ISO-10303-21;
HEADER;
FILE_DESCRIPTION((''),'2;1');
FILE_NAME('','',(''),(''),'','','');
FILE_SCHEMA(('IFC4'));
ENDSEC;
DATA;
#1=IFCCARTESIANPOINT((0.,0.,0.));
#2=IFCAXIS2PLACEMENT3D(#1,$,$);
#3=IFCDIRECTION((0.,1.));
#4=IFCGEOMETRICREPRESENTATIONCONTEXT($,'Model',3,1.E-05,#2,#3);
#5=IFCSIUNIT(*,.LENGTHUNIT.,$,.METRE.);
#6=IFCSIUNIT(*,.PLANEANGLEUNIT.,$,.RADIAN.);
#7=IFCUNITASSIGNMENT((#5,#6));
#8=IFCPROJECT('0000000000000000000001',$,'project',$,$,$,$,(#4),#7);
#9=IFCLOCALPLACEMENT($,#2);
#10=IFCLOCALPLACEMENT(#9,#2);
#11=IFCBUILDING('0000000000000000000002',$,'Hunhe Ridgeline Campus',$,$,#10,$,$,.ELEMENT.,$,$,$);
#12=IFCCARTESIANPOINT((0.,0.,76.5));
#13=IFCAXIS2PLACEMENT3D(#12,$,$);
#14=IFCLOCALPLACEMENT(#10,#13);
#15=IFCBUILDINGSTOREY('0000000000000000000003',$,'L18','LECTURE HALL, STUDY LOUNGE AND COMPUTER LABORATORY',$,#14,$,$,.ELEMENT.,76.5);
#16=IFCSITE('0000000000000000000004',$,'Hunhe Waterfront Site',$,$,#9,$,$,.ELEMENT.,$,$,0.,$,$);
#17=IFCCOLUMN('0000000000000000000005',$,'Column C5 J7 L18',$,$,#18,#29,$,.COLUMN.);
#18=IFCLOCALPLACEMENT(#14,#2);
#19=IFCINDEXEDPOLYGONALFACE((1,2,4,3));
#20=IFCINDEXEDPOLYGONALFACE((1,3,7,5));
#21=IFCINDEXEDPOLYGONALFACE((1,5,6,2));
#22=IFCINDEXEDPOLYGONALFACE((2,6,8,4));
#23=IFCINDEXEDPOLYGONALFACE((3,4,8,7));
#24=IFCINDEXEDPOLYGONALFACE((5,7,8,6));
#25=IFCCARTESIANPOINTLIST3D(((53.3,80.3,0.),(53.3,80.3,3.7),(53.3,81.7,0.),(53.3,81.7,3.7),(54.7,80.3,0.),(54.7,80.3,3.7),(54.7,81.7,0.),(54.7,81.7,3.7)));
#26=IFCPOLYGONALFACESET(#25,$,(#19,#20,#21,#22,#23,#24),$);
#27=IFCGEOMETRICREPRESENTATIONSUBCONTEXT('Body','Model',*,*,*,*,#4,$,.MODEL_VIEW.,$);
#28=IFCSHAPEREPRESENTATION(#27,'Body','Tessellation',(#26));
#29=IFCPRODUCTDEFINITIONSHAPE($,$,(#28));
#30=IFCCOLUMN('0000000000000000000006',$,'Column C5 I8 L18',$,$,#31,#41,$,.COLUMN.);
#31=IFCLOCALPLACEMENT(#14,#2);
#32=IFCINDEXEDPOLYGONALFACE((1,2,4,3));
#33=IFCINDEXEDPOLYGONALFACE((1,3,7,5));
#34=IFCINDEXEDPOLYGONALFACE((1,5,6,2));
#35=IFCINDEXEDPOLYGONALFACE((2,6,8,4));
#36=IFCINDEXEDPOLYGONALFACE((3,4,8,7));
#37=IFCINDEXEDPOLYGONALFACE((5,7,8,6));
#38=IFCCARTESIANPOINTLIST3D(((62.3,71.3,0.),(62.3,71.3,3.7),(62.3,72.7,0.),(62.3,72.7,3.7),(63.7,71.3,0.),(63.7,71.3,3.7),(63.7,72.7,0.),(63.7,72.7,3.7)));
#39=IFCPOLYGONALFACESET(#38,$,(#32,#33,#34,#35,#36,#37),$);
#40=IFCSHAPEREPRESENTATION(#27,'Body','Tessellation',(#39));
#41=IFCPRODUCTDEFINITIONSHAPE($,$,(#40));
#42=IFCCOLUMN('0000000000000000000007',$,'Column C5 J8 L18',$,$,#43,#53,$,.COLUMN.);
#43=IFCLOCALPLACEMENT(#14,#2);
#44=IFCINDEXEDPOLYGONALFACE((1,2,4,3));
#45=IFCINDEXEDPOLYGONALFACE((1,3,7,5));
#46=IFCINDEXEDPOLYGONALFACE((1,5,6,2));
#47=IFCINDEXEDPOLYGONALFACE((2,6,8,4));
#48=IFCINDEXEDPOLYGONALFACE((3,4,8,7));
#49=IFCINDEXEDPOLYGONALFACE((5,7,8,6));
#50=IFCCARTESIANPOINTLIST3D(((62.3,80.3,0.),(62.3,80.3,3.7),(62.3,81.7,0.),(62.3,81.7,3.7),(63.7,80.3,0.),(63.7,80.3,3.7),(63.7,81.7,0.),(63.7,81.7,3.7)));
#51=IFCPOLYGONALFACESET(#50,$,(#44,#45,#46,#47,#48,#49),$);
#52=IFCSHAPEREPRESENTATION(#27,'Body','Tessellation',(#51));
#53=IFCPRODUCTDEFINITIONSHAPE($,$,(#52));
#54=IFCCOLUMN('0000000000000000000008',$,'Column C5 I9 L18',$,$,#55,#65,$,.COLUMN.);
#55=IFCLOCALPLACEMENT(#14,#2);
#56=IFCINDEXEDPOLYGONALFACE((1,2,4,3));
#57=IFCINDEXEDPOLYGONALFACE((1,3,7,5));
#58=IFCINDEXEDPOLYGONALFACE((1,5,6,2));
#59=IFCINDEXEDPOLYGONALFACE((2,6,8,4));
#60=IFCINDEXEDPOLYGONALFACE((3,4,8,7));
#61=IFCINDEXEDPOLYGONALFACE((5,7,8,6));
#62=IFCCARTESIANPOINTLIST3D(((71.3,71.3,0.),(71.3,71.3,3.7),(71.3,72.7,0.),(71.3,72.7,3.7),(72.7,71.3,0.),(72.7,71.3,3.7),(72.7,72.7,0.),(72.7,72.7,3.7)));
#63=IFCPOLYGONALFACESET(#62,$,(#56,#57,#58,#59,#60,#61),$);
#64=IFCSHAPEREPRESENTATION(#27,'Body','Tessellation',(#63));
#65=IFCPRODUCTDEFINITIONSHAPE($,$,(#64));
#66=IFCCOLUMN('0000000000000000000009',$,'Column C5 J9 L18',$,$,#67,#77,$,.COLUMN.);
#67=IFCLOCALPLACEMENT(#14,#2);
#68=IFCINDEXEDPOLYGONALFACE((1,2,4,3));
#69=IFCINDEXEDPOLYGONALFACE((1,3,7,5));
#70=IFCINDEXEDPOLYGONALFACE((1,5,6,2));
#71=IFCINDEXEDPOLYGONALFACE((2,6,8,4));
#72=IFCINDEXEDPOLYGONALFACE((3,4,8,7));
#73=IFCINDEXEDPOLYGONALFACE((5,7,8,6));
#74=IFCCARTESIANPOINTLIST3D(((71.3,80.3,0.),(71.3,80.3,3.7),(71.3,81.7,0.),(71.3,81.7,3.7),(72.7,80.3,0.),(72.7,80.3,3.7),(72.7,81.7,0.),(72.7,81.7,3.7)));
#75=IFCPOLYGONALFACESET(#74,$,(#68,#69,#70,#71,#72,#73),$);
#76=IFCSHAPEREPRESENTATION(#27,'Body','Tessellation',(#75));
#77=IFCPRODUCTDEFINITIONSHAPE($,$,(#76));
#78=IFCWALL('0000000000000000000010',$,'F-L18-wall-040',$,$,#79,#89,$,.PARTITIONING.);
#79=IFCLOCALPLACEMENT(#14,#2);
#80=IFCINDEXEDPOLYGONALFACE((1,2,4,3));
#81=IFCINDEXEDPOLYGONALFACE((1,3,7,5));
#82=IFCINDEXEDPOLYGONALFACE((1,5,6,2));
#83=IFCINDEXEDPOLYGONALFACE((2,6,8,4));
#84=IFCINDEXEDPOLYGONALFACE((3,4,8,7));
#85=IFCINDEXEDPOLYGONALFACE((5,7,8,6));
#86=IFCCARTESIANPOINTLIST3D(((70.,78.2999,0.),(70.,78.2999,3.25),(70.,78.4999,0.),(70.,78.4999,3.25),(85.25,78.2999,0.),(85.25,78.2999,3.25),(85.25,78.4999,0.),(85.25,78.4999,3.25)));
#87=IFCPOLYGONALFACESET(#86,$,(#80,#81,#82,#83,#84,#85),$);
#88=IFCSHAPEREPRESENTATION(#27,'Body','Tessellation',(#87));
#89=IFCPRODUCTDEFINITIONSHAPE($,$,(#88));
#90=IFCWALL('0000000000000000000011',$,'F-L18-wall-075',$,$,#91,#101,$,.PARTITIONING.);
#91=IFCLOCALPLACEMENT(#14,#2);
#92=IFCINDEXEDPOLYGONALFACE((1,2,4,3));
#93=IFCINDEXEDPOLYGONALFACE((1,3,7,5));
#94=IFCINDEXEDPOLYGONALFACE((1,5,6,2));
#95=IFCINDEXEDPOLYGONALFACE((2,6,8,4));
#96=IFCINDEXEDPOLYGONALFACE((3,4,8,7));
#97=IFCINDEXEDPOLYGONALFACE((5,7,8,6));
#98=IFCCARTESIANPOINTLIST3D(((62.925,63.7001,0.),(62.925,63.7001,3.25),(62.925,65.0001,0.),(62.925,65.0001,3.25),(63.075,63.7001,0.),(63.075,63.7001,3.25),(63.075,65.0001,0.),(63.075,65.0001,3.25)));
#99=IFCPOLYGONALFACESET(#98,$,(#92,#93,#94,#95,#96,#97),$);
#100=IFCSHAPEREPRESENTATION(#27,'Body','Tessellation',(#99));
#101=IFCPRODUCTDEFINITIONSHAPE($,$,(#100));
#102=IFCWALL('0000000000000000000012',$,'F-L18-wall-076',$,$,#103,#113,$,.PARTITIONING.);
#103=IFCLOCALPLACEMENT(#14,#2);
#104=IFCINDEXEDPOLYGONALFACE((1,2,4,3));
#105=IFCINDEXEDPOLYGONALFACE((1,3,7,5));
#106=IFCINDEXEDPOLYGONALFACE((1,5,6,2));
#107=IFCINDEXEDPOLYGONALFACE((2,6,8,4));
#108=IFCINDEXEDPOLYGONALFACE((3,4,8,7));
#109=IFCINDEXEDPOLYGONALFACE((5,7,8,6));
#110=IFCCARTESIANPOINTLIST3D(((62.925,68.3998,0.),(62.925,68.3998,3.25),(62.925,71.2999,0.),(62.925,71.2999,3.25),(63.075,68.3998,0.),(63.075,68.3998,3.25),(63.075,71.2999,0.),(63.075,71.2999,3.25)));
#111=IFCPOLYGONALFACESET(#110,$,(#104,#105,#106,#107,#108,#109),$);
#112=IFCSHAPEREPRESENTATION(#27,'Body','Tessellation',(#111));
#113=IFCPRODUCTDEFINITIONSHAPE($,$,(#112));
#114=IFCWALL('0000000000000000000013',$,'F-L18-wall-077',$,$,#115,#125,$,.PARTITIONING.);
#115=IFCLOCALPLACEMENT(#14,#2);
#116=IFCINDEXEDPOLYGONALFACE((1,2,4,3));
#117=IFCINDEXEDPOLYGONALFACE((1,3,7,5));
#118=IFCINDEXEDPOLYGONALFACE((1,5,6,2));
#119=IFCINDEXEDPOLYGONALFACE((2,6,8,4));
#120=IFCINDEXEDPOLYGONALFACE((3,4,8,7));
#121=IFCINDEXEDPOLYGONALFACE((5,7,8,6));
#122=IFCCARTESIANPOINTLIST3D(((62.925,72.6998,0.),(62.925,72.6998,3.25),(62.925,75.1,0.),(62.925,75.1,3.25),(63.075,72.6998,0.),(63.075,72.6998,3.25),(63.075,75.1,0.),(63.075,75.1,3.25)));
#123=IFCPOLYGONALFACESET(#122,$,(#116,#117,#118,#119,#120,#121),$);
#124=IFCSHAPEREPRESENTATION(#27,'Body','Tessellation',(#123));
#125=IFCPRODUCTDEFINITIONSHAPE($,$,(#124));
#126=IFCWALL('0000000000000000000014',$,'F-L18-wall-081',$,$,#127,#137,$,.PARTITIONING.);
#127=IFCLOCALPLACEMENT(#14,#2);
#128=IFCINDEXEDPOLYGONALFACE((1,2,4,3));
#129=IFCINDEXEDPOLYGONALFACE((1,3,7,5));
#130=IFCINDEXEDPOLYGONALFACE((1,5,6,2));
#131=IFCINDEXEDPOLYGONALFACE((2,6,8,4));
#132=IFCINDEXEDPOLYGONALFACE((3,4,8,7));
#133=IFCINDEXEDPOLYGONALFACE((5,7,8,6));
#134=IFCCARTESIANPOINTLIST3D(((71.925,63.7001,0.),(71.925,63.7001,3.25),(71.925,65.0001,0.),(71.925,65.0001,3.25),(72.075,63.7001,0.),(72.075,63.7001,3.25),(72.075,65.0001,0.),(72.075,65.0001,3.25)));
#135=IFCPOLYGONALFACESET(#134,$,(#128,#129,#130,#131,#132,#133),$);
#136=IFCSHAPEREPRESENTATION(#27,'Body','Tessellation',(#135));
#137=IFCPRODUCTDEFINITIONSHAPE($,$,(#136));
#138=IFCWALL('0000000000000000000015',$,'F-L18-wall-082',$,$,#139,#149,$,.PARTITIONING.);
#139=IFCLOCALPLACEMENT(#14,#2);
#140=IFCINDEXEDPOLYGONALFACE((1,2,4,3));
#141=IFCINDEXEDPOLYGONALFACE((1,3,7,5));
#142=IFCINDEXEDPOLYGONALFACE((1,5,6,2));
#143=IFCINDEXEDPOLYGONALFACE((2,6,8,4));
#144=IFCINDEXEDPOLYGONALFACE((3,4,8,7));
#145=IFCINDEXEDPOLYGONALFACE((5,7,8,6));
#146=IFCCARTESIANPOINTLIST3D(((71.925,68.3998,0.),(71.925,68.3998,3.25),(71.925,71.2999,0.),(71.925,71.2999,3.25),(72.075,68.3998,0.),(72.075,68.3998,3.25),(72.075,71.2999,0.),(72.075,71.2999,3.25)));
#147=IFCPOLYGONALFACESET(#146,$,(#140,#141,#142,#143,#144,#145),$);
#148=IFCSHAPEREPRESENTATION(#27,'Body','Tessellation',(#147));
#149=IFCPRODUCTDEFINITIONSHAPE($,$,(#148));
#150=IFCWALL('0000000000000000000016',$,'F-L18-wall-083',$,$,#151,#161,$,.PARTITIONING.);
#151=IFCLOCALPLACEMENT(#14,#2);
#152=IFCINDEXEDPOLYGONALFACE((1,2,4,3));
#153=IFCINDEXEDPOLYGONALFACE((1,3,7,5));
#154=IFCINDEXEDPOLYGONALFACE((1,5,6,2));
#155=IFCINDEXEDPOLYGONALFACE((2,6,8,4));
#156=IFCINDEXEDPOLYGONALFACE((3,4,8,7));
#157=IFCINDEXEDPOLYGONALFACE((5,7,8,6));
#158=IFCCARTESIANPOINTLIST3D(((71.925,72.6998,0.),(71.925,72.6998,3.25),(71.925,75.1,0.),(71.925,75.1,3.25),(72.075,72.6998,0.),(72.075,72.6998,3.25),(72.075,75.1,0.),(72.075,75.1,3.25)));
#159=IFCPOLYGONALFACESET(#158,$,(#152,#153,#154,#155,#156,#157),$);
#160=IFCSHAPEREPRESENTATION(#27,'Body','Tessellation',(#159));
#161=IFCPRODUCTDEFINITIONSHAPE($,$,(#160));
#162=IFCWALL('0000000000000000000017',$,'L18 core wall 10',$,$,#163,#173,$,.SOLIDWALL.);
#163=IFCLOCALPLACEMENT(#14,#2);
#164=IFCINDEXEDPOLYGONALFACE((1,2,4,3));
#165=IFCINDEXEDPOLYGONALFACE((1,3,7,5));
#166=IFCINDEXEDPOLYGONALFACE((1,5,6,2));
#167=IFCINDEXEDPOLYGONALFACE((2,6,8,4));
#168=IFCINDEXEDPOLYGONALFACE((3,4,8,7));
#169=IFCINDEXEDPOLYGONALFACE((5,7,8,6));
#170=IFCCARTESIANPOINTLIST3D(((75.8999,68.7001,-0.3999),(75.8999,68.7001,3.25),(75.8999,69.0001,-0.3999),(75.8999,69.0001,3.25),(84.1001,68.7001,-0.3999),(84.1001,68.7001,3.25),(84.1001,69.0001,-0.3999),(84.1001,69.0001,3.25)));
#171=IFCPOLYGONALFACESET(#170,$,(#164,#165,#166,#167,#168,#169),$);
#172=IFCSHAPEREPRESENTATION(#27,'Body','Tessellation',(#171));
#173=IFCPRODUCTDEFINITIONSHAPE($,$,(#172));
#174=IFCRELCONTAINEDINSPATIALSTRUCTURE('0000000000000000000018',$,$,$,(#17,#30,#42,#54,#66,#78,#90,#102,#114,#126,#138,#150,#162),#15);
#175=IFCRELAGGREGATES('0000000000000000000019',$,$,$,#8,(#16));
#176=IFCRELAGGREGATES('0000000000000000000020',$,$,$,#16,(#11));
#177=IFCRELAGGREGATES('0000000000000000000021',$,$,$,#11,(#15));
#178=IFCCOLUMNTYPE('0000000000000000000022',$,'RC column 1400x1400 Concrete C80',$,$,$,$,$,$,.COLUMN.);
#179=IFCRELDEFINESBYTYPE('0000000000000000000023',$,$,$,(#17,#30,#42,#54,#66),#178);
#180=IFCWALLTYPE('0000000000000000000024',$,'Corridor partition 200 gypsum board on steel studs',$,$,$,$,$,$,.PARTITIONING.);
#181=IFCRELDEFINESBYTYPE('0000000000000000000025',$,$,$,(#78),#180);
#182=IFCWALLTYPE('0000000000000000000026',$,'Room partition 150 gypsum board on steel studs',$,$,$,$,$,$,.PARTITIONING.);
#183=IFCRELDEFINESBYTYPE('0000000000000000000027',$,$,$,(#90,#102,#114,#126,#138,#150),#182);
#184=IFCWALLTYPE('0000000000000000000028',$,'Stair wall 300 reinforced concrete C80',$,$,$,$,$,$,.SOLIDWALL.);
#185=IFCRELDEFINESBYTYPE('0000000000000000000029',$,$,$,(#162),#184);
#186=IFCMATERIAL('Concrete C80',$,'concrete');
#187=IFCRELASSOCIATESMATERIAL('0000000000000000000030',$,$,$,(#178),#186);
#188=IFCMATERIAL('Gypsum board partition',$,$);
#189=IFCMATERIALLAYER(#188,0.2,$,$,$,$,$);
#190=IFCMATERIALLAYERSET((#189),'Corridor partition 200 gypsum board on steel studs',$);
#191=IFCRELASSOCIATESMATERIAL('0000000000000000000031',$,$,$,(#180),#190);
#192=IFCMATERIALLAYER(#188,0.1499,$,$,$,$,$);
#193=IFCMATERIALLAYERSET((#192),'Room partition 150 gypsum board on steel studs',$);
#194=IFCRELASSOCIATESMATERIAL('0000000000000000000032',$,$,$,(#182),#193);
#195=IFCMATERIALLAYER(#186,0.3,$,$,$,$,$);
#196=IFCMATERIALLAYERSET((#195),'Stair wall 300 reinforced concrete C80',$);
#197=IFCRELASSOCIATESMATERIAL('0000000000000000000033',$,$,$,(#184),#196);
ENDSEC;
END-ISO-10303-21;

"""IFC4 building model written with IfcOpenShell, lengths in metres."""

from ifc_helpers import new_model, si_unit, direction, frame, frame_2d, origin, origin_2d, place, context, subcontext, project, spatial, rectangle, extrude, material, layer, layer_set, material_profile, profile_set, type_object, element, save


model = new_model("IFC4")

# Units and contexts
model_context = context("Model", 3, precision=1e-05, world=origin(), true_north=direction((0.0, 1.0)))
body_context = subcontext(model_context, "Body", "Model", "MODEL_VIEW")
ifc_project = project(units=[si_unit("LENGTHUNIT", "METRE"), si_unit("PLANEANGLEUNIT", "RADIAN")], contexts=[model_context])

# Site, building, storey
site_placement = place(None, origin())
site = spatial("IfcSite", under=ifc_project, at=site_placement, Name="Hunhe Waterfront Site", CompositionType="ELEMENT", RefElevation=0.0)
building_placement = place(site_placement, origin())
building = spatial("IfcBuilding", under=site, at=building_placement, Name="Hunhe Ridgeline Campus", CompositionType="ELEMENT")
storey_placement = place(building_placement, frame((0.0, 0.0, 76.5)))
storey = spatial("IfcBuildingStorey", under=building, at=storey_placement, Name="L18", Description="LECTURE HALL, STUDY LOUNGE AND COMPUTER LABORATORY", CompositionType="ELEMENT", Elevation=76.5)

# Columns
ifc_material_1 = material(Name="Concrete C80", Category="concrete")
ifc_material_profile = material_profile(ifc_material_1, rectangle(XDim=1.3999, YDim=1.3999, at=origin_2d()))
ifc_profile_set = profile_set([ifc_material_profile], Name="Concrete C80")
column_type = type_object("IfcColumnType", Name="RC column 1400x1400 Concrete C80", PredefinedType="COLUMN", material=ifc_profile_set)
for number, where, z_axis, x_axis, name in (
    (1, (54.0, 81.0, 0.0), (0.0, 0.0, 1.0), (1.0, 0.0, 0.0), "Column C5 J7 L18"),
    (2, (63.0, 72.0, 0.0), (0.0, 0.0, 1.0), (1.0, 0.0, 0.0), "Column C5 I8 L18"),
    (3, (63.0, 81.0, 0.0), (0.0, 0.0, 1.0), (1.0, 0.0, 0.0), "Column C5 J8 L18"),
    (4, (72.0, 72.0, 0.0), (0.0, 0.0, 1.0), (1.0, 0.0, 0.0), "Column C5 I9 L18"),
    (5, (72.0, 81.0, 0.0), (0.0, 0.0, 1.0), (1.0, 0.0, 0.0), "Column C5 J9 L18"),
):
    element("IfcColumn", number, at=place(storey_placement, frame(where, z_axis=z_axis, x_axis=x_axis)), inside=storey, type_object=column_type, Name=name, PredefinedType="COLUMN", context=body_context, shape_type="SweptSolid", body=[
        extrude(rectangle(XDim=1.3999, YDim=1.3999, at=origin_2d()), origin(), (0.0, 0.0, 1.0), 3.7),
    ])

# Shared definitions
ifc_material_2 = material(Name="Gypsum board partition")
ifc_layer_1 = layer(ifc_material_2, 0.2)
ifc_layer_set_1 = layer_set([ifc_layer_1], Name="Corridor partition 200 gypsum board on steel studs")
wall_type_1 = type_object("IfcWallType", Name="Corridor partition 200 gypsum board on steel studs", PredefinedType="PARTITIONING", material=ifc_layer_set_1)

# Wall
wall_1_placement = place(storey_placement, frame((70.0, 78.3999, 0.0), z_axis=(0.0, 0.0, 1.0), x_axis=(1.0, 0.0, 0.0)))
element("IfcWall", 6, at=wall_1_placement, inside=storey, type_object=wall_type_1, Name="F-L18-wall-040", PredefinedType="PARTITIONING", context=body_context, shape_type="SweptSolid", body=[
    extrude(rectangle(XDim=15.25, YDim=0.2, at=frame_2d((7.625, 0.0))), origin(), (0.0, 0.0, 1.0), 3.25),
])

# Walls
ifc_layer_2 = layer(ifc_material_2, 0.1499)
ifc_layer_set_2 = layer_set([ifc_layer_2], Name="Room partition 150 gypsum board on steel studs")
wall_type_2 = type_object("IfcWallType", Name="Room partition 150 gypsum board on steel studs", PredefinedType="PARTITIONING", material=ifc_layer_set_2)
wall_2_placement = place(storey_placement, frame((63.0, 65.0, 0.0), z_axis=(0.0, 0.0, 1.0), x_axis=(0.0, -1.0, 0.0)))
element("IfcWall", 7, at=wall_2_placement, inside=storey, type_object=wall_type_2, Name="F-L18-wall-075", PredefinedType="PARTITIONING", context=body_context, shape_type="SweptSolid", body=[
    extrude(rectangle(XDim=1.3, YDim=0.1499, at=frame_2d((0.6499, 0.0))), origin(), (0.0, 0.0, 1.0), 3.25),
])
wall_3_placement = place(storey_placement, frame((63.0, 71.3, 0.0), z_axis=(0.0, 0.0, 1.0), x_axis=(0.0, -1.0, 0.0)))
element("IfcWall", 8, at=wall_3_placement, inside=storey, type_object=wall_type_2, Name="F-L18-wall-076", PredefinedType="PARTITIONING", context=body_context, shape_type="SweptSolid", body=[
    extrude(rectangle(XDim=2.9001, YDim=0.1499, at=frame_2d((1.4502, 0.0))), origin(), (0.0, 0.0, 1.0), 3.25),
])
wall_4_placement = place(storey_placement, frame((63.0, 75.1001, 0.0), z_axis=(0.0, 0.0, 1.0), x_axis=(0.0, -1.0, 0.0)))
element("IfcWall", 9, at=wall_4_placement, inside=storey, type_object=wall_type_2, Name="F-L18-wall-077", PredefinedType="PARTITIONING", context=body_context, shape_type="SweptSolid", body=[
    extrude(rectangle(XDim=2.4001, YDim=0.1499, at=frame_2d((1.2002, 0.0))), origin(), (0.0, 0.0, 1.0), 3.25),
])
wall_5_placement = place(storey_placement, frame((72.0, 65.0, 0.0), z_axis=(0.0, 0.0, 1.0), x_axis=(0.0, -1.0, 0.0)))
element("IfcWall", 10, at=wall_5_placement, inside=storey, type_object=wall_type_2, Name="F-L18-wall-081", PredefinedType="PARTITIONING", context=body_context, shape_type="SweptSolid", body=[
    extrude(rectangle(XDim=1.3, YDim=0.1499, at=frame_2d((0.6499, 0.0))), origin(), (0.0, 0.0, 1.0), 3.25),
])
wall_6_placement = place(storey_placement, frame((72.0, 71.3, 0.0), z_axis=(0.0, 0.0, 1.0), x_axis=(0.0, -1.0, 0.0)))
element("IfcWall", 11, at=wall_6_placement, inside=storey, type_object=wall_type_2, Name="F-L18-wall-082", PredefinedType="PARTITIONING", context=body_context, shape_type="SweptSolid", body=[
    extrude(rectangle(XDim=2.9001, YDim=0.1499, at=frame_2d((1.4502, 0.0))), origin(), (0.0, 0.0, 1.0), 3.25),
])
wall_7_placement = place(storey_placement, frame((72.0, 75.1001, 0.0), z_axis=(0.0, 0.0, 1.0), x_axis=(0.0, -1.0, 0.0)))
element("IfcWall", 12, at=wall_7_placement, inside=storey, type_object=wall_type_2, Name="F-L18-wall-083", PredefinedType="PARTITIONING", context=body_context, shape_type="SweptSolid", body=[
    extrude(rectangle(XDim=2.4001, YDim=0.1499, at=frame_2d((1.2002, 0.0))), origin(), (0.0, 0.0, 1.0), 3.25),
])
ifc_layer_3 = layer(ifc_material_1, 0.3)
ifc_layer_set_3 = layer_set([ifc_layer_3], Name="Stair wall 300 reinforced concrete C80")
wall_type_3 = type_object("IfcWallType", Name="Stair wall 300 reinforced concrete C80", PredefinedType="SOLIDWALL", material=ifc_layer_set_3)
wall_8_placement = place(storey_placement, frame((75.8999, 68.8501, -0.3999), z_axis=(0.0, 0.0, 1.0), x_axis=(1.0, 0.0, 0.0)))
element("IfcWall", 13, at=wall_8_placement, inside=storey, type_object=wall_type_3, Name="L18 core wall 10", PredefinedType="SOLIDWALL", context=body_context, shape_type="SweptSolid", body=[
    extrude(rectangle(XDim=8.2002, YDim=0.3, at=frame_2d((4.1001, 0.0))), origin(), (0.0, 0.0, 1.0), 3.6499),
])

save(model, "model.ifc")
